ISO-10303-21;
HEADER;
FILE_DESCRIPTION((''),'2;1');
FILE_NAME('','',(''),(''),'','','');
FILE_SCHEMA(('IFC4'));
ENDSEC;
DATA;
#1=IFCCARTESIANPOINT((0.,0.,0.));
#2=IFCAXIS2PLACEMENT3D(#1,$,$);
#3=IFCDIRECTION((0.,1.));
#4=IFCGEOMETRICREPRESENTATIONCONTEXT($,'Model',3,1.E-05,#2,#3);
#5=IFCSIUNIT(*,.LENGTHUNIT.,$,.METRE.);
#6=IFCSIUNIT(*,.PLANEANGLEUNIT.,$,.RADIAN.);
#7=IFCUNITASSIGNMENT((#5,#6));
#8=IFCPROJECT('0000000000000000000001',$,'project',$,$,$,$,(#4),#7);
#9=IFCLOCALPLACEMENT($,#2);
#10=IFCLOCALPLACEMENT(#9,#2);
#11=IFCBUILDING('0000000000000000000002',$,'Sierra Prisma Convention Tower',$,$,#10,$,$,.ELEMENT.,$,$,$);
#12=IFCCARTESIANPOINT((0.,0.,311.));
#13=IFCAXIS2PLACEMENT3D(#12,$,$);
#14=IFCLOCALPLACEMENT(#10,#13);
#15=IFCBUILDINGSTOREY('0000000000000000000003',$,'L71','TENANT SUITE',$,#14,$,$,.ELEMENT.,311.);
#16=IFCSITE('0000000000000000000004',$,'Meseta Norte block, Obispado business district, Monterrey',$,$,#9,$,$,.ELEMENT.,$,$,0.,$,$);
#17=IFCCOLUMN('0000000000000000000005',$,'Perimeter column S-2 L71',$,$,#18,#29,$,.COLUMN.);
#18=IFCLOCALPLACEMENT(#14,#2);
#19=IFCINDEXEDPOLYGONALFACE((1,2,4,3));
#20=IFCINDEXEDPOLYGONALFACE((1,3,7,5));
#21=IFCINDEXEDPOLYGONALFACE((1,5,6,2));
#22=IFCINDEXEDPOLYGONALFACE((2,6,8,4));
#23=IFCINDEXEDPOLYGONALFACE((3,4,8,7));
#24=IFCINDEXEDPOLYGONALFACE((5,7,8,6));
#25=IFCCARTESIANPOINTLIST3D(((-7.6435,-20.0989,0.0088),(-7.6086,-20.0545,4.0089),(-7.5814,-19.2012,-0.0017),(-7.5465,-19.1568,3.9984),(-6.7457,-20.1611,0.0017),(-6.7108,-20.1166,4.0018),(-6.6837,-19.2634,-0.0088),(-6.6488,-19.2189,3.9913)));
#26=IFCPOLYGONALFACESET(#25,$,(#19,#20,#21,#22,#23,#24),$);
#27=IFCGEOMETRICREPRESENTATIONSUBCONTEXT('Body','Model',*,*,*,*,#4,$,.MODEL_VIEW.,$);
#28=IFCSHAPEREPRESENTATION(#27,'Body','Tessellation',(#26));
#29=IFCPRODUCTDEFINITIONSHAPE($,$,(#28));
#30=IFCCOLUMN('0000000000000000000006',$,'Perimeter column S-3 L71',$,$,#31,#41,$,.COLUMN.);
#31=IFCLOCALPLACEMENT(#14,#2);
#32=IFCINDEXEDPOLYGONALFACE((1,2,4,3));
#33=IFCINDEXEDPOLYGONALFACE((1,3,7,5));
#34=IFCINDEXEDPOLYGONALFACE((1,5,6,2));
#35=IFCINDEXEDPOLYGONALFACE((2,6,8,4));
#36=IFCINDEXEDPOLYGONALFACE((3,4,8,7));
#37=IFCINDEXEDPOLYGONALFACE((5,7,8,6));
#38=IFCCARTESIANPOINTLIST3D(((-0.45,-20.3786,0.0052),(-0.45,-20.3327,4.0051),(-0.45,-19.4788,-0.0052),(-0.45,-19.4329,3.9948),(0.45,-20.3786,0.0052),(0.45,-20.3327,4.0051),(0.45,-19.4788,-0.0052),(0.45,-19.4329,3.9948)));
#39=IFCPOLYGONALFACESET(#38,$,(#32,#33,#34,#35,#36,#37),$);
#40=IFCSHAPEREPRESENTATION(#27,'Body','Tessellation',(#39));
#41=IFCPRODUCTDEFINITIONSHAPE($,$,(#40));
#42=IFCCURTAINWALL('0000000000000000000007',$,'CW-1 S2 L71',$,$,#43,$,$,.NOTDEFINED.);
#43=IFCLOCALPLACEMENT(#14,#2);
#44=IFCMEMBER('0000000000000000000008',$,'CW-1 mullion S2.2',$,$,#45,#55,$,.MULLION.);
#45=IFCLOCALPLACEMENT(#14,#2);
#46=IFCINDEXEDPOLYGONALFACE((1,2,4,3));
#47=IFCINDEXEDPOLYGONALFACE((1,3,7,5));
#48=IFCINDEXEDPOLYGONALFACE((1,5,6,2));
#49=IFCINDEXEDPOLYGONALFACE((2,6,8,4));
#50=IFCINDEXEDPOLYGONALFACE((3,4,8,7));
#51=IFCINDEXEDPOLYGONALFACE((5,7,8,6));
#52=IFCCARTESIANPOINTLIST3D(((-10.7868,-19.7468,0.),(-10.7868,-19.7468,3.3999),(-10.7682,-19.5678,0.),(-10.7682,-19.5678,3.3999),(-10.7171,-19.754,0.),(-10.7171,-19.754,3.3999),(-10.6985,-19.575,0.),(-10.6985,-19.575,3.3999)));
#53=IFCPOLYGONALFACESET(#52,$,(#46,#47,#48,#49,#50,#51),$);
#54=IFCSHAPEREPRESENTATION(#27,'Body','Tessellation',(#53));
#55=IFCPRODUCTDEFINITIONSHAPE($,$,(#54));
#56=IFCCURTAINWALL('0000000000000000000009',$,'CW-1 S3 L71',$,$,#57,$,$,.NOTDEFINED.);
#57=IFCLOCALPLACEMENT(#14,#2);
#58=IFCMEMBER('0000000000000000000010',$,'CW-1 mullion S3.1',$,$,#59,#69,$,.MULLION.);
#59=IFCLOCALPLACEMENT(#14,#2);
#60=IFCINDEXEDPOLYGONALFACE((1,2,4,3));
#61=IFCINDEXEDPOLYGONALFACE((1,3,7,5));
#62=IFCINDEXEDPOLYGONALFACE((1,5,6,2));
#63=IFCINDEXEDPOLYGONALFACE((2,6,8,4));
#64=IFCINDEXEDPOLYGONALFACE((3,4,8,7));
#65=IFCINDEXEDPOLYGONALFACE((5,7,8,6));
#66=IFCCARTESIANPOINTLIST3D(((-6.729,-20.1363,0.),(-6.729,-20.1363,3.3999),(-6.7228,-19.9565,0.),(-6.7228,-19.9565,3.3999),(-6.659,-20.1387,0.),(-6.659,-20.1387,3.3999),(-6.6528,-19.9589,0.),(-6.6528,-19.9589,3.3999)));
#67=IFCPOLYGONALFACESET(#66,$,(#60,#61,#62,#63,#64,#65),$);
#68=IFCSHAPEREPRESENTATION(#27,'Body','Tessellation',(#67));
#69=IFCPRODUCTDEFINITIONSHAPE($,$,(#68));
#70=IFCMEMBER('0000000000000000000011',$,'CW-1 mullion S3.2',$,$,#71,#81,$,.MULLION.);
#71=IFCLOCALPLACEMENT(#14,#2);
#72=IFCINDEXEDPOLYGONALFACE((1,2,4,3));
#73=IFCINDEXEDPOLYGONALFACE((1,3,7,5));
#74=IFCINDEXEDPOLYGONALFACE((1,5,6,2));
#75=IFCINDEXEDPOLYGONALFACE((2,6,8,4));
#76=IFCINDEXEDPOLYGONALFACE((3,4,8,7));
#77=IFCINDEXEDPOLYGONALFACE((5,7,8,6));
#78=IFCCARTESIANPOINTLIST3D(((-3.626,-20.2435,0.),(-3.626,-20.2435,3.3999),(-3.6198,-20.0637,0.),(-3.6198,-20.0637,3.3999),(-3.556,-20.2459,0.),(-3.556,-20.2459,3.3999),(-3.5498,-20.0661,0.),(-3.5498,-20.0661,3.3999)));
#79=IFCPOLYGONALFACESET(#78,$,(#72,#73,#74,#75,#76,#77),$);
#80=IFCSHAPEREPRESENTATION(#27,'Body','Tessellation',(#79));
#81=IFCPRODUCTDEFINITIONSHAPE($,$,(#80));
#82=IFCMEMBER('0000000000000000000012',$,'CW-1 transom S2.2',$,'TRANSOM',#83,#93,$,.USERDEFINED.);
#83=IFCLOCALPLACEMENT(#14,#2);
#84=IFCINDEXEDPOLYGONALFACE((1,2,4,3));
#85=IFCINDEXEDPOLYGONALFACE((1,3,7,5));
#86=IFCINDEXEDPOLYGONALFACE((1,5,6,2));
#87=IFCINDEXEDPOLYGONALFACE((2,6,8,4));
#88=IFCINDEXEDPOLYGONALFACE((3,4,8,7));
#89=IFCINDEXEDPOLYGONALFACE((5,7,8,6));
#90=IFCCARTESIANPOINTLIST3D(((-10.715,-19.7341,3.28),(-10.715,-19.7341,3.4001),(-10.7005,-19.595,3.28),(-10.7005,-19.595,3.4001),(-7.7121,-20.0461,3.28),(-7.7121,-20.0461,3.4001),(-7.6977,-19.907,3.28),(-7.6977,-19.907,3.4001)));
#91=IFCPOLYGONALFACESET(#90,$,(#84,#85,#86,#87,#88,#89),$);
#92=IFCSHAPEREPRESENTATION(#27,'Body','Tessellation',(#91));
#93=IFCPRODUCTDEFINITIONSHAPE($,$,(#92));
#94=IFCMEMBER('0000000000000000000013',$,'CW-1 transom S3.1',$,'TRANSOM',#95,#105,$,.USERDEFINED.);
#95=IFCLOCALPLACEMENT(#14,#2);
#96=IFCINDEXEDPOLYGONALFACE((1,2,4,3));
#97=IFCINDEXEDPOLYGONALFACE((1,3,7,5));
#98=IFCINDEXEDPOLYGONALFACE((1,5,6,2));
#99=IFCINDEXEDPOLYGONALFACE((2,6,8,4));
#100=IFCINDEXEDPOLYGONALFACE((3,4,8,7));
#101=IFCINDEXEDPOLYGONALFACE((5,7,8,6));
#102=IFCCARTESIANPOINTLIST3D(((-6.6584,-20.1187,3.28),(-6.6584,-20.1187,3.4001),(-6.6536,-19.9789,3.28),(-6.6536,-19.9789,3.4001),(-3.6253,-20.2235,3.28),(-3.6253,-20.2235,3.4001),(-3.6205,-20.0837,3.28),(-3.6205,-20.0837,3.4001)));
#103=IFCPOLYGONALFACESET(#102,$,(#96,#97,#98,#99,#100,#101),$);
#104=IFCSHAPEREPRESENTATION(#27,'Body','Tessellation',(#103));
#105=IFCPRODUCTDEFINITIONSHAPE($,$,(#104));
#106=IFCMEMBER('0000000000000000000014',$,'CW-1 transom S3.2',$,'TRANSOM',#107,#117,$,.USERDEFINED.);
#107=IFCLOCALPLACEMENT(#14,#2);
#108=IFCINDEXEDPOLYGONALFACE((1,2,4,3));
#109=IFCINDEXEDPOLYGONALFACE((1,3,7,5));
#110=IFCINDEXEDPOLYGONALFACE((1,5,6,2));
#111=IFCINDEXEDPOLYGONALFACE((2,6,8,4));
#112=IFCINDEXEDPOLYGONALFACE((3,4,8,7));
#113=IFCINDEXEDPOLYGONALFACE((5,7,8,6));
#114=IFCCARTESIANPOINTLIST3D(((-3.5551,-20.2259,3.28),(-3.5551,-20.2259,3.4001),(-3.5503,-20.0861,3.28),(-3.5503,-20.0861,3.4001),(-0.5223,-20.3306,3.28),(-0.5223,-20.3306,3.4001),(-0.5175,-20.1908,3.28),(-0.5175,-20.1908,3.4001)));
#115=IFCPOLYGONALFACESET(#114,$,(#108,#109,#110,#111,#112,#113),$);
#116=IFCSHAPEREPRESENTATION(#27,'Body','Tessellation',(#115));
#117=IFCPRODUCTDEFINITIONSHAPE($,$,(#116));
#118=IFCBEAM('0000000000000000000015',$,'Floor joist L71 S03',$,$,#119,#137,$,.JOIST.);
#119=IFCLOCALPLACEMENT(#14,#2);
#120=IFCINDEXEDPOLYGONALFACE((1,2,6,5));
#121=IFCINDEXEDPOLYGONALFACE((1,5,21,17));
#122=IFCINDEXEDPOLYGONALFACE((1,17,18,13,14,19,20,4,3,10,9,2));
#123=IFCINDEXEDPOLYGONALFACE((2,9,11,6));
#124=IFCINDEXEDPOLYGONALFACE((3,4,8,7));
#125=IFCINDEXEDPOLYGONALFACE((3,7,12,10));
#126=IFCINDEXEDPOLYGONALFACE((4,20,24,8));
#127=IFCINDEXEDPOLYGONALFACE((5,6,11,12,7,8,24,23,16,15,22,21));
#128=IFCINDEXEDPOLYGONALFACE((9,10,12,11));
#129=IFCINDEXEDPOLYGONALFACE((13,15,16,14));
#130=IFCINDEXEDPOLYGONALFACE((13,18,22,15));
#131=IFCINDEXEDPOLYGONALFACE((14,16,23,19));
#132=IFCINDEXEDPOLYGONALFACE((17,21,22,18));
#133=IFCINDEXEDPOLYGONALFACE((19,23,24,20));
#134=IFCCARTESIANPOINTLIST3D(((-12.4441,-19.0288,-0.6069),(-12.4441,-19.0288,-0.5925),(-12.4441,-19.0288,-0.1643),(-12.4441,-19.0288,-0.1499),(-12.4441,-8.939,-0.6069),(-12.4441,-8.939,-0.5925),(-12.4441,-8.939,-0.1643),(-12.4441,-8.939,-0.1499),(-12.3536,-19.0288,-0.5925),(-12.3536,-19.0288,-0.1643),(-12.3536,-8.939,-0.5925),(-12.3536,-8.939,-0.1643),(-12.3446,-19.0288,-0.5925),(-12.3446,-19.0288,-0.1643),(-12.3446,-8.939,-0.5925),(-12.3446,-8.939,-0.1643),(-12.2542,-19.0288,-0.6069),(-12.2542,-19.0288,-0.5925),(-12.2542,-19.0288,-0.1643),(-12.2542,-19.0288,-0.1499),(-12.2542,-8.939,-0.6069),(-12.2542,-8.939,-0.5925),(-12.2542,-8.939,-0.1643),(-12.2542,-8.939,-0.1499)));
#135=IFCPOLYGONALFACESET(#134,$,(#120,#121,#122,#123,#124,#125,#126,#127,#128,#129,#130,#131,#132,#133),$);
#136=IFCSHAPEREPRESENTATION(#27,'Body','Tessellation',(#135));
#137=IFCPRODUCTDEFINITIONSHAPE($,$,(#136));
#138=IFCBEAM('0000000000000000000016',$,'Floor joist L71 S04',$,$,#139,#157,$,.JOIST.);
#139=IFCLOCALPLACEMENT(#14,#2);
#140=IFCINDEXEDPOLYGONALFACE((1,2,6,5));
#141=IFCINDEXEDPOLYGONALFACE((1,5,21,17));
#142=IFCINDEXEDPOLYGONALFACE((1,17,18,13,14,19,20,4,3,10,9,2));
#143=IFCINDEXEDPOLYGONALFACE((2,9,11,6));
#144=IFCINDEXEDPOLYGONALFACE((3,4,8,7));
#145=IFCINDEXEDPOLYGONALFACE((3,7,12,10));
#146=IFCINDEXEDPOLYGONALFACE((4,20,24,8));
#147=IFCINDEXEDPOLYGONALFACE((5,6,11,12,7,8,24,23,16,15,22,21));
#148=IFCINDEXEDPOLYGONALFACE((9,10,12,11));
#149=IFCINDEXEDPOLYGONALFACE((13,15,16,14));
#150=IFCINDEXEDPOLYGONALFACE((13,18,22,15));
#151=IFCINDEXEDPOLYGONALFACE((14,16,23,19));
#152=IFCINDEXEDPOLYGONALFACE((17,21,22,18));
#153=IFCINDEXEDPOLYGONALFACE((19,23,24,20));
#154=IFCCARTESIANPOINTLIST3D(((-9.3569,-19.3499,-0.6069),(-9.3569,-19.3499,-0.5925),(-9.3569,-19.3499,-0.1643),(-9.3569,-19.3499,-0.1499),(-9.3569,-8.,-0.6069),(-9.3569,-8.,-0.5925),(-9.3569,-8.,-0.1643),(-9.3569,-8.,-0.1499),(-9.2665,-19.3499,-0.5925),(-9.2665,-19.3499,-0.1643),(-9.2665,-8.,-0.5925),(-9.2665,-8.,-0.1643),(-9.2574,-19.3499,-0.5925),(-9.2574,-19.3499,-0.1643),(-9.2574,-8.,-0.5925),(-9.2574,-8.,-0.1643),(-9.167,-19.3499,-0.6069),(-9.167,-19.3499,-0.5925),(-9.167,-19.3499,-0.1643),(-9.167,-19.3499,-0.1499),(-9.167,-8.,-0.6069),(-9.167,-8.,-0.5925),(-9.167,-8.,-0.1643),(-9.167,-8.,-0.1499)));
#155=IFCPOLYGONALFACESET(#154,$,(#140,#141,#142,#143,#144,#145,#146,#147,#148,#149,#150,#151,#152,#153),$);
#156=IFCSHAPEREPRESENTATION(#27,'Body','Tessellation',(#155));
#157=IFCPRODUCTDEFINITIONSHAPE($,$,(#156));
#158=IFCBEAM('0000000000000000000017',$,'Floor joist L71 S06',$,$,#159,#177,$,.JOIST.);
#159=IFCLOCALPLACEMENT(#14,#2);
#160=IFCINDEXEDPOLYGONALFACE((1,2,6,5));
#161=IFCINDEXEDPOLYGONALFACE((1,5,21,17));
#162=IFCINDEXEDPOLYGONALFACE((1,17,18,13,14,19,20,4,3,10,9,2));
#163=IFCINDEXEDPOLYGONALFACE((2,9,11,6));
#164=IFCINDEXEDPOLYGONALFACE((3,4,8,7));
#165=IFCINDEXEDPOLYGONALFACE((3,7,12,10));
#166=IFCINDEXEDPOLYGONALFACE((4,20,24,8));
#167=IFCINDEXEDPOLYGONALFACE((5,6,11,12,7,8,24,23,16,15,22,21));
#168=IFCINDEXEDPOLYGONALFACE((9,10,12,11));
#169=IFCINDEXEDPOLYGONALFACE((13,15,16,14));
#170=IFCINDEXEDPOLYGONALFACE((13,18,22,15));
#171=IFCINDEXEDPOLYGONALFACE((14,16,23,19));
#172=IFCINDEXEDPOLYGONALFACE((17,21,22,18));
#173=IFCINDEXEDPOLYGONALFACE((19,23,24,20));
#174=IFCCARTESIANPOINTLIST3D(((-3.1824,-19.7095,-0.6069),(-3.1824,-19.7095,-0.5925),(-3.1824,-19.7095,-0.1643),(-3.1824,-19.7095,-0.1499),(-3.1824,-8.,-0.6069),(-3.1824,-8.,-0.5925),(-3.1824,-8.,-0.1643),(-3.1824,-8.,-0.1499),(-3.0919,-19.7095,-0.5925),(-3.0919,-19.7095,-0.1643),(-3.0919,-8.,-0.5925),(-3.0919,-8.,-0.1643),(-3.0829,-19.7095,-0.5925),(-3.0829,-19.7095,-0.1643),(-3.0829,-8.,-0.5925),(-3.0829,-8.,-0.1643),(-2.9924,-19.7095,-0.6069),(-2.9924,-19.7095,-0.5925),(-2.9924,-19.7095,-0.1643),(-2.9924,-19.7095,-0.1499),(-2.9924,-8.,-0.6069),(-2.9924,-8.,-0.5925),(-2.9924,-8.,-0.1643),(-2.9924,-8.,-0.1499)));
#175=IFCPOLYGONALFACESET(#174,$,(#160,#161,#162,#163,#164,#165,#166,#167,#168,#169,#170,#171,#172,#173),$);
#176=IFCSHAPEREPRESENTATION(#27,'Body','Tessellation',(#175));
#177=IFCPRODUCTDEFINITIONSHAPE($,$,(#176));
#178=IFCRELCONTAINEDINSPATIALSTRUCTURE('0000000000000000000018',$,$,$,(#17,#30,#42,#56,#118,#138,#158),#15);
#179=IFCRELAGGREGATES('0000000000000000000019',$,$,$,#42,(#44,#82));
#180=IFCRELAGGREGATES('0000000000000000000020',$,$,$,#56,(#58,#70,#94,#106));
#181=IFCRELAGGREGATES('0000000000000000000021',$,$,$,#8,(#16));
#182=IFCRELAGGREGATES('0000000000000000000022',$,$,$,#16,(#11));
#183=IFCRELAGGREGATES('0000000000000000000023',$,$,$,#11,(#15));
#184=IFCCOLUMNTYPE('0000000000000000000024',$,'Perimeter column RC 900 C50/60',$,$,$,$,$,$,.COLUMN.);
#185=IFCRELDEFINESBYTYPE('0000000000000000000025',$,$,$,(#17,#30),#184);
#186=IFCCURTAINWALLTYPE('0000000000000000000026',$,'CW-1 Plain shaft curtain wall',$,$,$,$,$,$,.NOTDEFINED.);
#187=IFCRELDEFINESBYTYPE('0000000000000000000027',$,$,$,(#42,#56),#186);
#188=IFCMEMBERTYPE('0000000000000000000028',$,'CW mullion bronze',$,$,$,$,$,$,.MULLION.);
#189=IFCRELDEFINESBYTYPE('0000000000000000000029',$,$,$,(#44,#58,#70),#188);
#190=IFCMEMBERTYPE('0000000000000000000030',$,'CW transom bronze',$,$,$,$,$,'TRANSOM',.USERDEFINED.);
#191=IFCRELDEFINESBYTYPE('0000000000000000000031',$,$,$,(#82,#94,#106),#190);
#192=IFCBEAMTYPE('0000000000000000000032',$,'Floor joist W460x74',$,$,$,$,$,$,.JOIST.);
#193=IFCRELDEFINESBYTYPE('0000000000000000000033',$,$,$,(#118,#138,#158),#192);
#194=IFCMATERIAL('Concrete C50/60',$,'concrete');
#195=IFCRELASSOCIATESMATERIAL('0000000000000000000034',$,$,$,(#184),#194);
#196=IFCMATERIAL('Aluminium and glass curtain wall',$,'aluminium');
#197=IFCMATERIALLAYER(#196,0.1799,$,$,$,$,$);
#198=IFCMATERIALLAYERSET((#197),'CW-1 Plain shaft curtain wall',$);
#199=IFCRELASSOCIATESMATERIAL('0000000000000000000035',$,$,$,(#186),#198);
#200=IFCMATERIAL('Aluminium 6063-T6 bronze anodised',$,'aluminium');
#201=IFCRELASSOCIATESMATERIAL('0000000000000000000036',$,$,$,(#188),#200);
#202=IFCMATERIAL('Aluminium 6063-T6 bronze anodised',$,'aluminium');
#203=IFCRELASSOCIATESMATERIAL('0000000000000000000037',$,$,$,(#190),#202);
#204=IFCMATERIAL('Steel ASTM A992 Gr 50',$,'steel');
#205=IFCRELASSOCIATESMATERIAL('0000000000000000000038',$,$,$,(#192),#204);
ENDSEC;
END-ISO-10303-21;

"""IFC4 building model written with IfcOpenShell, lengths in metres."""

from ifc_helpers import new_model, si_unit, direction, frame, origin, origin_2d, place, context, subcontext, project, spatial, rectangle, i_section, extrude, material, layer, layer_set, material_profile, profile_set, type_object, element, aggregate, save


model = new_model("IFC4")

# Units and contexts
model_context = context("Model", 3, precision=1e-05, world=origin(), true_north=direction((0.0, 1.0)))
body_context = subcontext(model_context, "Body", "Model", "MODEL_VIEW")
ifc_project = project(units=[si_unit("LENGTHUNIT", "METRE"), si_unit("PLANEANGLEUNIT", "RADIAN")], contexts=[model_context])

# Site, building, storey
site_placement = place(None, origin())
site = spatial("IfcSite", under=ifc_project, at=site_placement, Name="Meseta Norte block, Obispado business district, Monterrey", CompositionType="ELEMENT", RefElevation=0.0)
building_placement = place(site_placement, origin())
building = spatial("IfcBuilding", under=site, at=building_placement, Name="Sierra Prisma Convention Tower", CompositionType="ELEMENT")
storey_placement = place(building_placement, frame((0.0, 0.0, 311.0)))
storey = spatial("IfcBuildingStorey", under=building, at=storey_placement, Name="L71", Description="TENANT SUITE", CompositionType="ELEMENT", Elevation=311.0)

# Columns
ifc_material_1 = material(Name="Concrete C50/60", Category="concrete")
ifc_material_profile_1 = material_profile(ifc_material_1, rectangle(XDim=0.8999, YDim=0.8999, at=origin_2d()), Name="Perimeter column RC 900 C50/60")
ifc_profile_set_1 = profile_set([ifc_material_profile_1], Name="Concrete C50/60")
column_type = type_object("IfcColumnType", Name="Perimeter column RC 900 C50/60", PredefinedType="COLUMN", material=ifc_profile_set_1)
column_1_placement = place(storey_placement, frame((-7.1636, -19.6812, 0.0), z_axis=(0.008727, 0.011107, 0.9999), x_axis=(-0.99758, 0.069072, 0.00794)))
element("IfcColumn", 1, at=column_1_placement, inside=storey, type_object=column_type, Name="Perimeter column S-2 L71", PredefinedType="COLUMN", context=body_context, shape_type="SweptSolid", body=[
    extrude(rectangle(XDim=0.8999, YDim=0.8999, at=origin_2d()), origin(), (0.0, 0.0, 1.0), 4.0005),
])
column_2_placement = place(storey_placement, frame((0.0, -19.9287, 0.0), z_axis=(0.0, 0.011474, 0.999934), x_axis=(1.0, 0.0, 0.0)))
element("IfcColumn", 2, at=column_2_placement, inside=storey, type_object=column_type, Name="Perimeter column S-3 L71", PredefinedType="COLUMN", context=body_context, shape_type="SweptSolid", body=[
    extrude(rectangle(XDim=0.8999, YDim=0.8999, at=origin_2d()), origin(), (0.0, 0.0, 1.0), 4.0002),
])

# Curtain wall, member
ifc_material_2 = material(Name="Aluminium and glass curtain wall", Category="aluminium")
ifc_layer_1 = layer(ifc_material_2, 0.1799)
ifc_layer_set_1 = layer_set([ifc_layer_1], Name="CW-1 Plain shaft curtain wall")
curtain_wall_type = type_object("IfcCurtainWallType", Name="CW-1 Plain shaft curtain wall", PredefinedType="NOTDEFINED", material=ifc_layer_set_1)
curtain_wall_1_placement = place(storey_placement, origin())
curtain_wall_1 = element("IfcCurtainWall", 3, at=curtain_wall_1_placement, inside=storey, type_object=curtain_wall_type, Name="CW-1 S2 L71", PredefinedType="NOTDEFINED")
ifc_material_3 = material(Name="Aluminium 6063-T6 bronze anodised", Category="aluminium")
ifc_material_profile_2 = material_profile(ifc_material_3, rectangle(XDim=0.1799, YDim=0.0701, at=origin_2d()), Name="ALU MULLION 70x180")
ifc_profile_set_2 = profile_set([ifc_material_profile_2], Name="Aluminium 6063-T6 bronze anodised")
member_type_1 = type_object("IfcMemberType", Name="CW mullion bronze", PredefinedType="MULLION", material=ifc_profile_set_2)
member_1_placement = place(storey_placement, frame((-10.7427, -19.6609, 0.0), z_axis=(0.0, 0.0, 1.0), x_axis=(0.103368, 0.994643, 0.0)))
member_1 = element("IfcMember", 4, at=member_1_placement, type_object=member_type_1, Name="CW-1 mullion S2.2", PredefinedType="MULLION", context=body_context, shape_type="SweptSolid", body=[
    extrude(rectangle(XDim=0.1799, YDim=0.0701, at=origin_2d()), origin(), (0.0, 0.0, 1.0), 3.3999),
])

# Curtain wall, members
curtain_wall_2_placement = place(storey_placement, origin())
curtain_wall_2 = element("IfcCurtainWall", 5, at=curtain_wall_2_placement, inside=storey, type_object=curtain_wall_type, Name="CW-1 S3 L71", PredefinedType="NOTDEFINED")
member_2_placement = place(storey_placement, frame((-6.6909, -20.0476, 0.0), z_axis=(0.0, 0.0, 1.0), x_axis=(0.034511, 0.999404, 0.0)))
member_2 = element("IfcMember", 6, at=member_2_placement, type_object=member_type_1, Name="CW-1 mullion S3.1", PredefinedType="MULLION", context=body_context, shape_type="SweptSolid", body=[
    extrude(rectangle(XDim=0.1799, YDim=0.0701, at=origin_2d()), origin(), (0.0, 0.0, 1.0), 3.3999),
])
member_3_placement = place(storey_placement, frame((-3.5879, -20.1548, 0.0), z_axis=(0.0, 0.0, 1.0), x_axis=(0.034511, 0.999404, 0.0)))
member_3 = element("IfcMember", 7, at=member_3_placement, type_object=member_type_1, Name="CW-1 mullion S3.2", PredefinedType="MULLION", context=body_context, shape_type="SweptSolid", body=[
    extrude(rectangle(XDim=0.1799, YDim=0.0701, at=origin_2d()), origin(), (0.0, 0.0, 1.0), 3.3999),
])

# Members
ifc_material_4 = material(Name="Aluminium 6063-T6 bronze anodised", Category="aluminium")
ifc_material_profile_3 = material_profile(ifc_material_4, rectangle(XDim=0.1399, YDim=0.1201, at=origin_2d()), Name="ALU TRANSOM 120x140")
ifc_profile_set_3 = profile_set([ifc_material_profile_3], Name="Aluminium 6063-T6 bronze anodised")
member_type_2 = type_object("IfcMemberType", Name="CW transom bronze", ElementType="TRANSOM", PredefinedType="USERDEFINED", material=ifc_profile_set_3)
member_4_placement = place(storey_placement, frame((-10.7078, -19.6646, 3.3401), z_axis=(0.994645, -0.103346, 0.0), x_axis=(0.103346, 0.994645, 0.0)))
member_4 = element("IfcMember", 8, at=member_4_placement, type_object=member_type_2, Name="CW-1 transom S2.2", ObjectType="TRANSOM", PredefinedType="USERDEFINED", context=body_context, shape_type="SweptSolid", body=[
    extrude(rectangle(XDim=0.1399, YDim=0.1201, at=origin_2d()), origin(), (0.0, 0.0, 1.0), 3.019),
])
member_5_placement = place(storey_placement, frame((-6.656, -20.0488, 3.3401), z_axis=(0.999404, -0.034509, 0.0), x_axis=(0.034509, 0.999404, 0.0)))
member_5 = element("IfcMember", 9, at=member_5_placement, type_object=member_type_2, Name="CW-1 transom S3.1", ObjectType="TRANSOM", PredefinedType="USERDEFINED", context=body_context, shape_type="SweptSolid", body=[
    extrude(rectangle(XDim=0.1399, YDim=0.1201, at=origin_2d()), origin(), (0.0, 0.0, 1.0), 3.0349),
])
member_6_placement = place(storey_placement, frame((-3.5527, -20.156, 3.3401), z_axis=(0.999404, -0.034512, 0.0), x_axis=(0.034512, 0.999404, 0.0)))
member_6 = element("IfcMember", 10, at=member_6_placement, type_object=member_type_2, Name="CW-1 transom S3.2", ObjectType="TRANSOM", PredefinedType="USERDEFINED", context=body_context, shape_type="SweptSolid", body=[
    extrude(rectangle(XDim=0.1399, YDim=0.1201, at=origin_2d()), origin(), (0.0, 0.0, 1.0), 3.0347),
])

# Beams
ifc_material_5 = material(Name="Steel ASTM A992 Gr 50", Category="steel")
ifc_material_profile_4 = material_profile(ifc_material_5, i_section(OverallWidth=0.1899, OverallDepth=0.457, WebThickness=0.009, FlangeThickness=0.0144, at=origin_2d()), Name="W460x74")
ifc_profile_set_4 = profile_set([ifc_material_profile_4], Name="Steel ASTM A992 Gr 50")
beam_type_1 = type_object("IfcBeamType", Name="Floor joist W460x74", PredefinedType="JOIST", material=ifc_profile_set_4)
beam_1_placement = place(storey_placement, frame((-12.3491, -19.0288, -0.3784), z_axis=(0.0, 1.0, 0.0), x_axis=(-1.0, 0.0, 0.0)))
element("IfcBeam", 11, at=beam_1_placement, inside=storey, type_object=beam_type_1, Name="Floor joist L71 S03", PredefinedType="JOIST", context=body_context, shape_type="SweptSolid", body=[
    extrude(i_section(OverallWidth=0.1899, OverallDepth=0.457, WebThickness=0.009, FlangeThickness=0.0144, at=origin_2d()), origin(), (0.0, 0.0, 1.0), 10.0898),
])
beam_2_placement = place(storey_placement, frame((-9.262, -19.3499, -0.3784), z_axis=(0.0, 1.0, 0.0), x_axis=(-1.0, 0.0, 0.0)))
element("IfcBeam", 12, at=beam_2_placement, inside=storey, type_object=beam_type_1, Name="Floor joist L71 S04", PredefinedType="JOIST", context=body_context, shape_type="SweptSolid", body=[
    extrude(i_section(OverallWidth=0.1899, OverallDepth=0.457, WebThickness=0.009, FlangeThickness=0.0144, at=origin_2d()), origin(), (0.0, 0.0, 1.0), 11.3499),
])
beam_3_placement = place(storey_placement, frame((-3.0874, -19.7095, -0.3784), z_axis=(0.0, 1.0, 0.0), x_axis=(-1.0, 0.0, 0.0)))
element("IfcBeam", 13, at=beam_3_placement, inside=storey, type_object=beam_type_1, Name="Floor joist L71 S06", PredefinedType="JOIST", context=body_context, shape_type="SweptSolid", body=[
    extrude(i_section(OverallWidth=0.1899, OverallDepth=0.457, WebThickness=0.009, FlangeThickness=0.0144, at=origin_2d()), origin(), (0.0, 0.0, 1.0), 11.7095),
])

aggregate(curtain_wall_1, [member_1, member_4])
aggregate(curtain_wall_2, [member_2, member_3, member_5, member_6])

save(model, "model.ifc")
